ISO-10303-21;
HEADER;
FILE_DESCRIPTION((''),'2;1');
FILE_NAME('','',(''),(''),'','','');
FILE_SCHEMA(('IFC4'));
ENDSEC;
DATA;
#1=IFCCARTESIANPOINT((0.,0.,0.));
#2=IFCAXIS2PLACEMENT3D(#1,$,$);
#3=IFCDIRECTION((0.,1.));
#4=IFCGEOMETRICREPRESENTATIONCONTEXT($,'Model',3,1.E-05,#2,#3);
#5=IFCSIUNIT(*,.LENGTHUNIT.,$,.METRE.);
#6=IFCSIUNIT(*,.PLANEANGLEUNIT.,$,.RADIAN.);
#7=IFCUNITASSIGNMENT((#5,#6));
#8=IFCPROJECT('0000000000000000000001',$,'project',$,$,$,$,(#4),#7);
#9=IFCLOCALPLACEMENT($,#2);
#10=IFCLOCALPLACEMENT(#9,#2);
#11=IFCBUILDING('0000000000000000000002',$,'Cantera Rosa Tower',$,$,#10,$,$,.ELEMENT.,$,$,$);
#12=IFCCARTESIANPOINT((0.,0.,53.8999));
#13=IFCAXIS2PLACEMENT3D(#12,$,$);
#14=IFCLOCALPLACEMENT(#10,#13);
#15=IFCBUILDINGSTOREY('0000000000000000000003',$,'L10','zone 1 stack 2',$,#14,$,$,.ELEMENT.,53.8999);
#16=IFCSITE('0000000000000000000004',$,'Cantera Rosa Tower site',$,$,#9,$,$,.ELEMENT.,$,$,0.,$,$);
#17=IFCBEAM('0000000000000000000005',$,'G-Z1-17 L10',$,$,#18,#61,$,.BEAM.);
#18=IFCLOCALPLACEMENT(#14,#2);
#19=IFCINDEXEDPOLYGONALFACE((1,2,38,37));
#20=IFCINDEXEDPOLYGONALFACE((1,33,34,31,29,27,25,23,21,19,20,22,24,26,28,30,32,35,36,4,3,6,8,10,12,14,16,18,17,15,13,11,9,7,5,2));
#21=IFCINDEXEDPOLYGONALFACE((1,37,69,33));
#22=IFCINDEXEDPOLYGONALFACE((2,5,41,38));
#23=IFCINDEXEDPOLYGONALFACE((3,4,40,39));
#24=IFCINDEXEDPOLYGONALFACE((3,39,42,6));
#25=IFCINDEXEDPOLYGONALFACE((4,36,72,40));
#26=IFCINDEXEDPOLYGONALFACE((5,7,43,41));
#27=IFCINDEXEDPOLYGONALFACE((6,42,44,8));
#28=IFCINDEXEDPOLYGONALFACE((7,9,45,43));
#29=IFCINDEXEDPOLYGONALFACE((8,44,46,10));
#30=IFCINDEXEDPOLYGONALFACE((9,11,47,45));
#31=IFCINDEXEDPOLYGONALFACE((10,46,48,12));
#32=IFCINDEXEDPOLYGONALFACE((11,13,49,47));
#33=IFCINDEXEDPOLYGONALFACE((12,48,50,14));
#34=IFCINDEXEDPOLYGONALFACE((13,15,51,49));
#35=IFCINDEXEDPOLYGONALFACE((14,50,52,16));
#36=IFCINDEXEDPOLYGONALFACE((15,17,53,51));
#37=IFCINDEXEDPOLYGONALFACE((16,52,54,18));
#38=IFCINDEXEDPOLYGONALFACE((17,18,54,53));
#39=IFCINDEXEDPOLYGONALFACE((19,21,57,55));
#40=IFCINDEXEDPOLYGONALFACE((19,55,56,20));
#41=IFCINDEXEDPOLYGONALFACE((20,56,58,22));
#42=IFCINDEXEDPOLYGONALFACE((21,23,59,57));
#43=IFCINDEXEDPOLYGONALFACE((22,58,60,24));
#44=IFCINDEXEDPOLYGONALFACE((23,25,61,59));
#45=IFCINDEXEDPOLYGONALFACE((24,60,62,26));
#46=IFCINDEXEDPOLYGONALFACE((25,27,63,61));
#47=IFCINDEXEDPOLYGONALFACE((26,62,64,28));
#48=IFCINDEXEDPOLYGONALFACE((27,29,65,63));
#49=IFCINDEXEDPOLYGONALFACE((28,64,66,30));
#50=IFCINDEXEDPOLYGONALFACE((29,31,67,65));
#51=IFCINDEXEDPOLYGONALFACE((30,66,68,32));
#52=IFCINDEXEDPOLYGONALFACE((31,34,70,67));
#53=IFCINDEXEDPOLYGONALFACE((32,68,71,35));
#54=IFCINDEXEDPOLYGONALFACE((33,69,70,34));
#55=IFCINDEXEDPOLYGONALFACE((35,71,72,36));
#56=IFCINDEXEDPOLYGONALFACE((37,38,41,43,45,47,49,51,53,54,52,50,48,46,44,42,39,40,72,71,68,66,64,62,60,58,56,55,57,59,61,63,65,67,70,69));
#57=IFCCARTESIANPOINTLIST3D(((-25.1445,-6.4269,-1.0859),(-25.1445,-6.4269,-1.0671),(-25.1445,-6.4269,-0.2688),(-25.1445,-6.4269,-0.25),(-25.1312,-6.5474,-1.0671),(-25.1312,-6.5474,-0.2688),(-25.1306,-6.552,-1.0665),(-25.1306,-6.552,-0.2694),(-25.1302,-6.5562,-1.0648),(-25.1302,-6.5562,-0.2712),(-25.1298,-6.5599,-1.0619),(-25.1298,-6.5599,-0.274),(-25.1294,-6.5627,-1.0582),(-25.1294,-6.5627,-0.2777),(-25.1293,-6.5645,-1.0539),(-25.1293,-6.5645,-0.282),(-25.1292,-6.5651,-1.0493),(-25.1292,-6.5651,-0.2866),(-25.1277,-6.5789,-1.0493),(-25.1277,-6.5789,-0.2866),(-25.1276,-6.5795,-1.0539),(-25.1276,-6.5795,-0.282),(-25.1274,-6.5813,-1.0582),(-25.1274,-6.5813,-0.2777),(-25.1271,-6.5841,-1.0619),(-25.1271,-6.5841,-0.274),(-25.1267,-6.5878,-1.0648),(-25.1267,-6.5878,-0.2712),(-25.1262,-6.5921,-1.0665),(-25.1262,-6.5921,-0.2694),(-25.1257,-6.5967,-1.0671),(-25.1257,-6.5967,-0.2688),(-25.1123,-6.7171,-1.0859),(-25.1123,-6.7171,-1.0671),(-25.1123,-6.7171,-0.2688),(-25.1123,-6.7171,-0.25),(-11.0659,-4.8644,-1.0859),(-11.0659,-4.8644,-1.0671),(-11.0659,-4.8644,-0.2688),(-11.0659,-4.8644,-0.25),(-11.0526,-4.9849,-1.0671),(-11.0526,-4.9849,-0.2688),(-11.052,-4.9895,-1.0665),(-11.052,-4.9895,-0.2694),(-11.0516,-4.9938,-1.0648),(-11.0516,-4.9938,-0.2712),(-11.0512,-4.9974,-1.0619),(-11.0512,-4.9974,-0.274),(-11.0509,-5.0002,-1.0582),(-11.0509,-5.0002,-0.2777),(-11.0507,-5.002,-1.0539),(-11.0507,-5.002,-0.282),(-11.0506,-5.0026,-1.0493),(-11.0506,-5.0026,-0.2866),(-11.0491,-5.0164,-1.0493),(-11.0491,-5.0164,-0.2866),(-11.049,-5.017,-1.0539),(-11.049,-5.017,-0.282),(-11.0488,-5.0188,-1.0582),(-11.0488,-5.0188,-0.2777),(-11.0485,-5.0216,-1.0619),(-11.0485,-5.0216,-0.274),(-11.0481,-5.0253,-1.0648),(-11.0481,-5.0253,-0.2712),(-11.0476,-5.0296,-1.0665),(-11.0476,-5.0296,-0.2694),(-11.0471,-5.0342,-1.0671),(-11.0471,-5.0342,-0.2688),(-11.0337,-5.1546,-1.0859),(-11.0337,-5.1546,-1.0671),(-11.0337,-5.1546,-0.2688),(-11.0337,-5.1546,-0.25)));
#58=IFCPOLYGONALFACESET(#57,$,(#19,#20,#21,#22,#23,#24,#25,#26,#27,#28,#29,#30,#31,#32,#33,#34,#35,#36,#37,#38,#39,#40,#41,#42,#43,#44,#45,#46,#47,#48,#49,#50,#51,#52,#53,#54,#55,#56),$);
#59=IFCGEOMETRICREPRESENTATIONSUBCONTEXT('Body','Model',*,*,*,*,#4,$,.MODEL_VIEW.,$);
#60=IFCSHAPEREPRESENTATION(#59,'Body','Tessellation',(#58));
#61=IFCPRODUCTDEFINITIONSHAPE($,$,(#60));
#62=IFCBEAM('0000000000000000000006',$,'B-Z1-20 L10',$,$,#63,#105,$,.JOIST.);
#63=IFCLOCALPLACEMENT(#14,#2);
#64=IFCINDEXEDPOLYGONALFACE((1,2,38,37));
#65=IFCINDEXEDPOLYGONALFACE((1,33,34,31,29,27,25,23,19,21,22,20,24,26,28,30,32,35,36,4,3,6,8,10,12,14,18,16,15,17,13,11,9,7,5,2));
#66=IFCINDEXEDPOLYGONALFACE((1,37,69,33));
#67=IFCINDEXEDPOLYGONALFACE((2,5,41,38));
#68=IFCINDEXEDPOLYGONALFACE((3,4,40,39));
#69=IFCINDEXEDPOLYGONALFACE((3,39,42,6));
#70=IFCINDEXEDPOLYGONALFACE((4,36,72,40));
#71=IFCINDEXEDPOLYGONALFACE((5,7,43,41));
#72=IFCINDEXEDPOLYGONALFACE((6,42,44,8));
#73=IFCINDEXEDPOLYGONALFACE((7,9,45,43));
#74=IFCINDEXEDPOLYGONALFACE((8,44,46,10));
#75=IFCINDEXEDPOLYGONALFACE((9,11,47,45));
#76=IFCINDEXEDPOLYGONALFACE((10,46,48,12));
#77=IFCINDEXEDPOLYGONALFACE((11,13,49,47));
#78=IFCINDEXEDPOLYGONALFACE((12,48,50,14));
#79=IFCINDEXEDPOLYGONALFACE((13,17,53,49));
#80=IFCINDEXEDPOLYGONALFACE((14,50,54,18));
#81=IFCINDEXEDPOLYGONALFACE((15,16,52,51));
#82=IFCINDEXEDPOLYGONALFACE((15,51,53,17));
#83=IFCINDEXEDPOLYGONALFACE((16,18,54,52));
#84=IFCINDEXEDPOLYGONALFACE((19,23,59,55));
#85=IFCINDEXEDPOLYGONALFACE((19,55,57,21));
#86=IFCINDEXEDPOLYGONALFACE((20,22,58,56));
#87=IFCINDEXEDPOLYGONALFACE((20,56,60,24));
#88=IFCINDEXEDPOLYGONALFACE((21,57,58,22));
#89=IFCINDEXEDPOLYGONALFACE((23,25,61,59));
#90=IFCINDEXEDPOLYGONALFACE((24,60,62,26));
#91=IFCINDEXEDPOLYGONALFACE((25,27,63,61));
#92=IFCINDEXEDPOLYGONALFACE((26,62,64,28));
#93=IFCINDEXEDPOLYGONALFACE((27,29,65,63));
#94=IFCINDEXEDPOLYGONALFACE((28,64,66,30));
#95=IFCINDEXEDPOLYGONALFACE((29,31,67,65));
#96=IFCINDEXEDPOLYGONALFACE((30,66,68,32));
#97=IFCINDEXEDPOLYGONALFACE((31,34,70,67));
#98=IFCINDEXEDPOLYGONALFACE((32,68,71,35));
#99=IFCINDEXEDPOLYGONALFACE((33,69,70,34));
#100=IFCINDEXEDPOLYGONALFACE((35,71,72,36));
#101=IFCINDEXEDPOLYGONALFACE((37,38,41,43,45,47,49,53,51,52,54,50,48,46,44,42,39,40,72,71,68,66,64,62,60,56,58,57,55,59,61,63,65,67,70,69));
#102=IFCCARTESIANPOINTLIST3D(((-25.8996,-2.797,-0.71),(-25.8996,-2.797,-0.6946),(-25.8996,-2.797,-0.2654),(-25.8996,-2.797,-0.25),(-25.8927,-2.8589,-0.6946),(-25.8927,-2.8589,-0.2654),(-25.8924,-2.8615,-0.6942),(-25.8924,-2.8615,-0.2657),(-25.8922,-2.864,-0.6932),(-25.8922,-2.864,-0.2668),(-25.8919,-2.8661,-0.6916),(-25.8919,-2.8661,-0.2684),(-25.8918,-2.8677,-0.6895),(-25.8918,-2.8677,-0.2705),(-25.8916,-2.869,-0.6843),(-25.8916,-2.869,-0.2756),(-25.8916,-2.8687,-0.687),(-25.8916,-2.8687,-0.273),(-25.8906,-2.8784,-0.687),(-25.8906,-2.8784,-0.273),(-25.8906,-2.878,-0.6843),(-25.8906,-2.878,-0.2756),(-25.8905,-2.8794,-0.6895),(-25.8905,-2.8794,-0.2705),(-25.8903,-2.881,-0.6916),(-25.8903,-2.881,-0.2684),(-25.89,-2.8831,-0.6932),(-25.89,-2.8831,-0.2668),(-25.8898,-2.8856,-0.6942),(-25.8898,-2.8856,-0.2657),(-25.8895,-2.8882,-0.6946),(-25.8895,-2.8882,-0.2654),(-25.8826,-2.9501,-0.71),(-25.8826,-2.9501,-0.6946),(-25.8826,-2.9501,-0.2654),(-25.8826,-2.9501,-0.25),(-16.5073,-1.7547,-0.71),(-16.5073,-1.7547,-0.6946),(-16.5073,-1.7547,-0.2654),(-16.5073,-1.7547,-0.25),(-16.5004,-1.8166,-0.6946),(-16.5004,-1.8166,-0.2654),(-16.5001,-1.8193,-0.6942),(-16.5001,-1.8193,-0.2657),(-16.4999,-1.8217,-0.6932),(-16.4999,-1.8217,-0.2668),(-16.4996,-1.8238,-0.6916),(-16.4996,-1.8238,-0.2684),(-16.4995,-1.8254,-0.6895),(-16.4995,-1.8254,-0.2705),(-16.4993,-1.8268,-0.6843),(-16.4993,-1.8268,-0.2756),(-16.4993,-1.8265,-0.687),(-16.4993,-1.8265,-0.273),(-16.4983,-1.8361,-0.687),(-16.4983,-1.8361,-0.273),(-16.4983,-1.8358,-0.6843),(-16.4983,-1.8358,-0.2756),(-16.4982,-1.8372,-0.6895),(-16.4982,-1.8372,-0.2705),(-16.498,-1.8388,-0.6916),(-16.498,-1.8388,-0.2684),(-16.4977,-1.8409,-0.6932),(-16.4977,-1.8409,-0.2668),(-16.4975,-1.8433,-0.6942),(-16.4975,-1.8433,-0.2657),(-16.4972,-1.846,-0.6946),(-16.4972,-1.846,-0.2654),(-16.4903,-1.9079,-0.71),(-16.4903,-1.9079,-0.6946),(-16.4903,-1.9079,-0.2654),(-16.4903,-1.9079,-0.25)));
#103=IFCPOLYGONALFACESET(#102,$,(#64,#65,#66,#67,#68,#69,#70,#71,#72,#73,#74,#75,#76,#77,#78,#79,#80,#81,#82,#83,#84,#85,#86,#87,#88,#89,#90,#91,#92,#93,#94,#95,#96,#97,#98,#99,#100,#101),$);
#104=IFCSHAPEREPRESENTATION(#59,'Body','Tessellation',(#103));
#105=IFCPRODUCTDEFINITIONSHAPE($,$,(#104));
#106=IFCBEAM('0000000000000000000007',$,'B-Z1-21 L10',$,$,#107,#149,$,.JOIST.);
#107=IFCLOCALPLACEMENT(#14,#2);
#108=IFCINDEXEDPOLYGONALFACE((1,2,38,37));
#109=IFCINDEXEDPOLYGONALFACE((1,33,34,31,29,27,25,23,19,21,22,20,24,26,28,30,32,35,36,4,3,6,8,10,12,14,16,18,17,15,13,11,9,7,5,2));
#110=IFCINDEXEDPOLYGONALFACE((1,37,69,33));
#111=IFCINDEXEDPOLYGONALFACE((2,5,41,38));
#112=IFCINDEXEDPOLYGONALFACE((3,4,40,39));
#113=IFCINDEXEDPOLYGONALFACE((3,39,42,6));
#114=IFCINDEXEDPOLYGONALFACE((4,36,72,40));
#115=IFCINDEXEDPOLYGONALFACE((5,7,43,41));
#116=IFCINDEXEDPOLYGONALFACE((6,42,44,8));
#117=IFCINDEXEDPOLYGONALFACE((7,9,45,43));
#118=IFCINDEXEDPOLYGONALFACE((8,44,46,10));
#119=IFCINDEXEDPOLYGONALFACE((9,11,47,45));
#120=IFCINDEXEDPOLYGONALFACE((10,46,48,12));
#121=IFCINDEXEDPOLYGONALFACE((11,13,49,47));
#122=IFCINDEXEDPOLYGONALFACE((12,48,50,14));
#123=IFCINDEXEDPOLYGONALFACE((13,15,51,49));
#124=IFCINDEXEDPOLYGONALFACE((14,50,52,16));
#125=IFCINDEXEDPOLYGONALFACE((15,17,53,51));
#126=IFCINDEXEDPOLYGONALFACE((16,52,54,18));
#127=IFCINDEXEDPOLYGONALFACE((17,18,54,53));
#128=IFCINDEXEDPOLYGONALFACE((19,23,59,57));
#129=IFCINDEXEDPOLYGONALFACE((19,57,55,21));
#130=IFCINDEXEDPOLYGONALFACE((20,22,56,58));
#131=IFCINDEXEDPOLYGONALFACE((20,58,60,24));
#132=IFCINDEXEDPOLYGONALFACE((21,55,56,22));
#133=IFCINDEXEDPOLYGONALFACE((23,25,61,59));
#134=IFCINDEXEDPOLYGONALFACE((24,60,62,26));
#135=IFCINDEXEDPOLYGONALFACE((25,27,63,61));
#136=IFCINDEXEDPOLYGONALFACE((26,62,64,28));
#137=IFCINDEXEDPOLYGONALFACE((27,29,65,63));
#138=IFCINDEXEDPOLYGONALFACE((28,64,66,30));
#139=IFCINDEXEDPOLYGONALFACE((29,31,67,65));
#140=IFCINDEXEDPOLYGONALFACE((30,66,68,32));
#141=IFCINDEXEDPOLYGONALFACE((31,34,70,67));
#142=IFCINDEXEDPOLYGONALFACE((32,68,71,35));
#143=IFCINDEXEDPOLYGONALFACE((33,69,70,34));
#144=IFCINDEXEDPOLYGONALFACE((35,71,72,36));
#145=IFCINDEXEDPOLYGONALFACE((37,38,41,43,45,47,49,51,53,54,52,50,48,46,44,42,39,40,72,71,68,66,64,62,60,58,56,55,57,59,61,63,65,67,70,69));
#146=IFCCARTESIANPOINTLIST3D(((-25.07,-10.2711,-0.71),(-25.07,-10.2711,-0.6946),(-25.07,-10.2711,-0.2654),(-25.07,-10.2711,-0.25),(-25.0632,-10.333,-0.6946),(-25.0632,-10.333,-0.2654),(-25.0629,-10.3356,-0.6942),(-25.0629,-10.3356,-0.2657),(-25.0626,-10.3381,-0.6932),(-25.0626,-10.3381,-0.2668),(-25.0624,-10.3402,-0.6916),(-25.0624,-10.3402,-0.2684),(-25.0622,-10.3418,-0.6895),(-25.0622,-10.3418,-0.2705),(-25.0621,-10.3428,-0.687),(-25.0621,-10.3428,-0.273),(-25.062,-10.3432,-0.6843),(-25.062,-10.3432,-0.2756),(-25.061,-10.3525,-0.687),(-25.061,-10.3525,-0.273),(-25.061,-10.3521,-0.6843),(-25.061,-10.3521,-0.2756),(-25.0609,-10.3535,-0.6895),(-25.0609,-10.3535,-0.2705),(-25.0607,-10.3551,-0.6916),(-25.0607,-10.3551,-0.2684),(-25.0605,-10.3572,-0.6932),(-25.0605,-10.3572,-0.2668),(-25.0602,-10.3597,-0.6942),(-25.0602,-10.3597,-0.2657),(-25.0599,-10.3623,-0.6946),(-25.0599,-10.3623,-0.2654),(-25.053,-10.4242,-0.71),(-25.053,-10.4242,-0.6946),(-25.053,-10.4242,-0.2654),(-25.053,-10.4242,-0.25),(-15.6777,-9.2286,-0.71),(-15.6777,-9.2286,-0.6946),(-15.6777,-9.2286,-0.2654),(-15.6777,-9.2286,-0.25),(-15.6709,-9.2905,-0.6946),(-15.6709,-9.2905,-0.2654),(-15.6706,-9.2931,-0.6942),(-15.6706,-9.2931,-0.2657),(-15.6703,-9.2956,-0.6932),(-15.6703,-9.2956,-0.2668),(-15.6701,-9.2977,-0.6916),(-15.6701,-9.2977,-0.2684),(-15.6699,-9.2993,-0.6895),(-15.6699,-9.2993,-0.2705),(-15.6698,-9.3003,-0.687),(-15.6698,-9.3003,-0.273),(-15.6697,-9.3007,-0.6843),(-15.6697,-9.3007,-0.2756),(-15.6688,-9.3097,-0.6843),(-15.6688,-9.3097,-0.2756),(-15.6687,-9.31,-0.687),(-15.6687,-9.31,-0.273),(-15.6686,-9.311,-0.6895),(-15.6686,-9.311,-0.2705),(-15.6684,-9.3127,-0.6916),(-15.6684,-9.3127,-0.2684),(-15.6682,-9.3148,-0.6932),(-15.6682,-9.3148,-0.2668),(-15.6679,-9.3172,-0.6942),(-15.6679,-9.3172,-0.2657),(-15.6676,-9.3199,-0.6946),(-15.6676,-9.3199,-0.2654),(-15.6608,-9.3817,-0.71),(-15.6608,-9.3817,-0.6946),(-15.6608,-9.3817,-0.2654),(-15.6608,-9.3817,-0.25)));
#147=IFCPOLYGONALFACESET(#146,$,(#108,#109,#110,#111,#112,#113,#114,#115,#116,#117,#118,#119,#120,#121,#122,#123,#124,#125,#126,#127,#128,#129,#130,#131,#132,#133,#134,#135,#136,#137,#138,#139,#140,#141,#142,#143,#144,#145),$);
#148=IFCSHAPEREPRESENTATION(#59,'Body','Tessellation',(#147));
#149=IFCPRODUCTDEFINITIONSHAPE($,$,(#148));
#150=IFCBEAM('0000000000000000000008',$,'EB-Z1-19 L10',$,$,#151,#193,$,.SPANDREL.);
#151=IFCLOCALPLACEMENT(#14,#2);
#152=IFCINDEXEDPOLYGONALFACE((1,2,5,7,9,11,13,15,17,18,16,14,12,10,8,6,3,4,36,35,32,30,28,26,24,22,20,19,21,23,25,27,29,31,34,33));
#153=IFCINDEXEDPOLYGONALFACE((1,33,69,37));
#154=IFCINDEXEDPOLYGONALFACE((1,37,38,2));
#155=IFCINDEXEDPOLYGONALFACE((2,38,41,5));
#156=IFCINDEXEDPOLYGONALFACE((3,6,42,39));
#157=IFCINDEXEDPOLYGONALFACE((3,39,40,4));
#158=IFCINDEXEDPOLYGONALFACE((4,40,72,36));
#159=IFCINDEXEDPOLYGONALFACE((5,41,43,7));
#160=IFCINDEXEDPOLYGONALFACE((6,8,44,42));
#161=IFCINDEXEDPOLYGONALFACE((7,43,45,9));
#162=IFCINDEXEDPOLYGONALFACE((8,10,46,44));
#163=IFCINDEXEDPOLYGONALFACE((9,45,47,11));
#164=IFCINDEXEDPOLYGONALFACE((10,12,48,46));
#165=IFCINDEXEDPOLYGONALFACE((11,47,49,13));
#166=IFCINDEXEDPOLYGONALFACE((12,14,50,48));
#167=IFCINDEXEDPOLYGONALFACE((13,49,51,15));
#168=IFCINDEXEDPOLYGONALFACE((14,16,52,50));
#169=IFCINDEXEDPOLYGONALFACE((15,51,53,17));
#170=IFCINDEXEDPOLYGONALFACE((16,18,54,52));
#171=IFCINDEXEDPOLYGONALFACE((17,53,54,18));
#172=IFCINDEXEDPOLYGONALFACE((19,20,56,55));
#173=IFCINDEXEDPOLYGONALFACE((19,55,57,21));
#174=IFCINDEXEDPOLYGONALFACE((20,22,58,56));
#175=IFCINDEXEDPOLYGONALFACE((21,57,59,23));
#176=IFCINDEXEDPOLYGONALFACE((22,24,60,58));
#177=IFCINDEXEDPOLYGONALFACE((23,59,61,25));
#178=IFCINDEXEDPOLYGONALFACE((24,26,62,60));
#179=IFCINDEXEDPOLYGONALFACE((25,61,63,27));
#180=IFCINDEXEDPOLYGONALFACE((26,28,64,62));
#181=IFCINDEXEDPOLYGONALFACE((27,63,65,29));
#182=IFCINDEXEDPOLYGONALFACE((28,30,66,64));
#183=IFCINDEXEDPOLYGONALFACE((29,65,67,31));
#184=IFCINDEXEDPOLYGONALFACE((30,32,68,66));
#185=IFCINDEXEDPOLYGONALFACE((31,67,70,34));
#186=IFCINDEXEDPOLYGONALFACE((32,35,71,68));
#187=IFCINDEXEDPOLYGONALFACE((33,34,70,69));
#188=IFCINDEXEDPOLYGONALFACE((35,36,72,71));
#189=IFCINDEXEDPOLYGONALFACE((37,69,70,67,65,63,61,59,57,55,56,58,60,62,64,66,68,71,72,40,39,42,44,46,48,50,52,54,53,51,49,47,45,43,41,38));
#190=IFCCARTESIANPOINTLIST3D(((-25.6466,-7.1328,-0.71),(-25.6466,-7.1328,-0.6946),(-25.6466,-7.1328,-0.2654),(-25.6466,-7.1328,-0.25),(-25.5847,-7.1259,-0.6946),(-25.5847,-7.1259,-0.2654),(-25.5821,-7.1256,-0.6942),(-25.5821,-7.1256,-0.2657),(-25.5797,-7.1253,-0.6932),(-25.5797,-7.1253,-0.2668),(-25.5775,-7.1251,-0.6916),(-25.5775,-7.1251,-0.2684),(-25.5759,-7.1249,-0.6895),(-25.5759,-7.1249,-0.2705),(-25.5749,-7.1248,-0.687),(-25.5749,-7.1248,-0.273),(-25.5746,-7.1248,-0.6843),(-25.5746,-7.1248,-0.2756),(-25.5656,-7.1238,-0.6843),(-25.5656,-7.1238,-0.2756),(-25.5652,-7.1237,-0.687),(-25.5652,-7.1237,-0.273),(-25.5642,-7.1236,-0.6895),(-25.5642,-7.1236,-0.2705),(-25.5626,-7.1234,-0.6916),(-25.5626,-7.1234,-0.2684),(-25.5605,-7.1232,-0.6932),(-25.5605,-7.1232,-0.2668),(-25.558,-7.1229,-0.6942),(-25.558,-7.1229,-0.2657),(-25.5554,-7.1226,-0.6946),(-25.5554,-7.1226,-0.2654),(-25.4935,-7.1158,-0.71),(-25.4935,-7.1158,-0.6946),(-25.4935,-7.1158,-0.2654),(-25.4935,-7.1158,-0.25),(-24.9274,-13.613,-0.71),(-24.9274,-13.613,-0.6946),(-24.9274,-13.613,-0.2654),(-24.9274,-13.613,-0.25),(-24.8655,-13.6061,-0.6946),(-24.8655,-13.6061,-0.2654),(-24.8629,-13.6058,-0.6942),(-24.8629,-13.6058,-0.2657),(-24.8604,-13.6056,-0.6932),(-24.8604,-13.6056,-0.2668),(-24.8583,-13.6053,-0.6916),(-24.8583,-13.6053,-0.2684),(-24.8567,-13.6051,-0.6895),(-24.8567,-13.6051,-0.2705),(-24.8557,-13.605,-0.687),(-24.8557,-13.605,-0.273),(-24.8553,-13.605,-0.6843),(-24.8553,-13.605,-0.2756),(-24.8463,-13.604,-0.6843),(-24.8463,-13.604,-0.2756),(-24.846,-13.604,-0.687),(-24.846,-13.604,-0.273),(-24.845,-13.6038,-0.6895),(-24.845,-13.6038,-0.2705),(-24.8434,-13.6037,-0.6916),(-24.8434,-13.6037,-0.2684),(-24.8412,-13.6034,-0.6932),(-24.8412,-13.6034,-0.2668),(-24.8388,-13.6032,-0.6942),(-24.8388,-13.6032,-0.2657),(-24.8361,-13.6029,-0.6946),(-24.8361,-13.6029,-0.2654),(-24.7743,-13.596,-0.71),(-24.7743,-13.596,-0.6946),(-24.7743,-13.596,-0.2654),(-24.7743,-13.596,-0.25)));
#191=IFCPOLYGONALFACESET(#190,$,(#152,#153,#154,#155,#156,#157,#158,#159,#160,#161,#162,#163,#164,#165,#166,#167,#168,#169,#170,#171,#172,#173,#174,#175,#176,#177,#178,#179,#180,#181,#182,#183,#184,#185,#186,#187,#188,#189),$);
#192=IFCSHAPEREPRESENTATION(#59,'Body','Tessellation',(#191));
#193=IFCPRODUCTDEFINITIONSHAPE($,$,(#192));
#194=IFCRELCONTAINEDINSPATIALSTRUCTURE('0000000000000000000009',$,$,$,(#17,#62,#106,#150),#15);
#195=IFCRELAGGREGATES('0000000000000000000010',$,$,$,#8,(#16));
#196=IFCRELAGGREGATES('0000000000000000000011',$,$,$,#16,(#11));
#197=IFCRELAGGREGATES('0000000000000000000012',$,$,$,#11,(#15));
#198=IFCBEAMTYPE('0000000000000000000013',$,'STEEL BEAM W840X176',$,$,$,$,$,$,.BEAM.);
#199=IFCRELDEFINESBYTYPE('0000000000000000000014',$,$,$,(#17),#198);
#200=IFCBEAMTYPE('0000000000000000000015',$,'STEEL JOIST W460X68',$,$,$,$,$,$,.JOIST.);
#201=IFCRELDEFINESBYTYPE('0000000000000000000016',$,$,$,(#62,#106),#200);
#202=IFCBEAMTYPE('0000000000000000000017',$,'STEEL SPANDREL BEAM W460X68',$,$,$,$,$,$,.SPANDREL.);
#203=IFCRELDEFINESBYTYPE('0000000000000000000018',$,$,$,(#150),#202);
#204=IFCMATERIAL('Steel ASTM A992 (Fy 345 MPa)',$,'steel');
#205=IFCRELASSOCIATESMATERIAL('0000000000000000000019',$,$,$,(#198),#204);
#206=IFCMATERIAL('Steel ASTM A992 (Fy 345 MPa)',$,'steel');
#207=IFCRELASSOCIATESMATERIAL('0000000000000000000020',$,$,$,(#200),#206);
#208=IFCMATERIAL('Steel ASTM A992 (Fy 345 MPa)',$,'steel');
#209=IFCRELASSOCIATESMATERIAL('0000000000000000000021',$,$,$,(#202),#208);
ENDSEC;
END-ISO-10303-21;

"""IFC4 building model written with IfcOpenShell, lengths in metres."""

from ifc_helpers import new_model, si_unit, direction, frame, origin, origin_2d, place, context, subcontext, project, spatial, i_section, extrude, material, material_profile, profile_set, type_object, element, save


model = new_model("IFC4")

# Units and contexts
model_context = context("Model", 3, precision=1e-05, world=origin(), true_north=direction((0.0, 1.0)))
body_context = subcontext(model_context, "Body", "Model", "MODEL_VIEW")
ifc_project = project(units=[si_unit("LENGTHUNIT", "METRE"), si_unit("PLANEANGLEUNIT", "RADIAN")], contexts=[model_context])

# Site, building, storey
site_placement = place(None, origin())
site = spatial("IfcSite", under=ifc_project, at=site_placement, Name="Cantera Rosa Tower site", CompositionType="ELEMENT", RefElevation=0.0)
building_placement = place(site_placement, origin())
building = spatial("IfcBuilding", under=site, at=building_placement, Name="Cantera Rosa Tower", CompositionType="ELEMENT")
storey_placement = place(building_placement, frame((0.0, 0.0, 53.8999)))
storey = spatial("IfcBuildingStorey", under=building, at=storey_placement, Name="L10", Description="zone 1 stack 2", CompositionType="ELEMENT", Elevation=53.8999)

# Beams
ifc_material_1 = material(Name="Steel ASTM A992 (Fy 345 MPa)", Category="steel")
ifc_material_profile_1 = material_profile(ifc_material_1, i_section(OverallWidth=0.292, OverallDepth=0.8359, WebThickness=0.0139, FlangeThickness=0.0188, FilletRadius=0.0178, at=origin_2d()), Name="W840X176")
ifc_profile_set_1 = profile_set([ifc_material_profile_1], Name="Steel ASTM A992 (Fy 345 MPa)")
beam_type_1 = type_object("IfcBeamType", Name="STEEL BEAM W840X176", PredefinedType="BEAM", material=ifc_profile_set_1)
beam_1_placement = place(storey_placement, frame((-25.1284, -6.572, -0.668), z_axis=(0.993898, 0.110307, 0.0), x_axis=(-0.110307, 0.993898, 0.0)))
element("IfcBeam", 1, at=beam_1_placement, inside=storey, type_object=beam_type_1, Name="G-Z1-17 L10", PredefinedType="BEAM", context=body_context, shape_type="SweptSolid", body=[
    extrude(i_section(OverallWidth=0.292, OverallDepth=0.8359, WebThickness=0.0139, FlangeThickness=0.0188, FilletRadius=0.0178, at=origin_2d()), origin(), (0.0, 0.0, 1.0), 14.165),
])
ifc_material_2 = material(Name="Steel ASTM A992 (Fy 345 MPa)", Category="steel")
ifc_material_profile_2 = material_profile(ifc_material_2, i_section(OverallWidth=0.1541, OverallDepth=0.46, WebThickness=0.009, FlangeThickness=0.0154, FilletRadius=0.0103, at=origin_2d()), Name="W460X68")
ifc_profile_set_2 = profile_set([ifc_material_profile_2], Name="Steel ASTM A992 (Fy 345 MPa)")
beam_type_2 = type_object("IfcBeamType", Name="STEEL JOIST W460X68", PredefinedType="JOIST", material=ifc_profile_set_2)
for number, where, z_axis, x_axis, name in (
    (2, (-25.8911, -2.8735, -0.48), (0.993899, 0.11029, 0.0), (-0.11029, 0.993899, 0.0), "B-Z1-20 L10"),
    (3, (-25.0615, -10.3477, -0.48), (0.993897, 0.110315, 0.0), (-0.110315, 0.993897, 0.0), "B-Z1-21 L10"),
):
    element("IfcBeam", number, at=place(storey_placement, frame(where, z_axis=z_axis, x_axis=x_axis)), inside=storey, type_object=beam_type_2, Name=name, PredefinedType="JOIST", context=body_context, shape_type="SweptSolid", body=[
        extrude(i_section(OverallWidth=0.1541, OverallDepth=0.46, WebThickness=0.009, FlangeThickness=0.0154, FilletRadius=0.0103, at=origin_2d()), origin(), (0.0, 0.0, 1.0), 9.45),
    ])
ifc_material_3 = material(Name="Steel ASTM A992 (Fy 345 MPa)", Category="steel")
ifc_material_profile_3 = material_profile(ifc_material_3, i_section(OverallWidth=0.1541, OverallDepth=0.46, WebThickness=0.009, FlangeThickness=0.0154, FilletRadius=0.0103, at=origin_2d()), Name="W460X68")
ifc_profile_set_3 = profile_set([ifc_material_profile_3], Name="Steel ASTM A992 (Fy 345 MPa)")
beam_type_3 = type_object("IfcBeamType", Name="STEEL SPANDREL BEAM W460X68", PredefinedType="SPANDREL", material=ifc_profile_set_3)
for number, where, z_axis, x_axis, name in (
    (4, (-25.5701, -7.1243, -0.48), (0.110312, -0.993897, 0.0), (0.993897, 0.110312, 0.0), "EB-Z1-19 L10"),
):
    element("IfcBeam", number, at=place(storey_placement, frame(where, z_axis=z_axis, x_axis=x_axis)), inside=storey, type_object=beam_type_3, Name=name, PredefinedType="SPANDREL", context=body_context, shape_type="SweptSolid", body=[
        extrude(i_section(OverallWidth=0.1541, OverallDepth=0.46, WebThickness=0.009, FlangeThickness=0.0154, FilletRadius=0.0103, at=origin_2d()), origin(), (0.0, 0.0, 1.0), 6.52),
    ])

save(model, "model.ifc")
